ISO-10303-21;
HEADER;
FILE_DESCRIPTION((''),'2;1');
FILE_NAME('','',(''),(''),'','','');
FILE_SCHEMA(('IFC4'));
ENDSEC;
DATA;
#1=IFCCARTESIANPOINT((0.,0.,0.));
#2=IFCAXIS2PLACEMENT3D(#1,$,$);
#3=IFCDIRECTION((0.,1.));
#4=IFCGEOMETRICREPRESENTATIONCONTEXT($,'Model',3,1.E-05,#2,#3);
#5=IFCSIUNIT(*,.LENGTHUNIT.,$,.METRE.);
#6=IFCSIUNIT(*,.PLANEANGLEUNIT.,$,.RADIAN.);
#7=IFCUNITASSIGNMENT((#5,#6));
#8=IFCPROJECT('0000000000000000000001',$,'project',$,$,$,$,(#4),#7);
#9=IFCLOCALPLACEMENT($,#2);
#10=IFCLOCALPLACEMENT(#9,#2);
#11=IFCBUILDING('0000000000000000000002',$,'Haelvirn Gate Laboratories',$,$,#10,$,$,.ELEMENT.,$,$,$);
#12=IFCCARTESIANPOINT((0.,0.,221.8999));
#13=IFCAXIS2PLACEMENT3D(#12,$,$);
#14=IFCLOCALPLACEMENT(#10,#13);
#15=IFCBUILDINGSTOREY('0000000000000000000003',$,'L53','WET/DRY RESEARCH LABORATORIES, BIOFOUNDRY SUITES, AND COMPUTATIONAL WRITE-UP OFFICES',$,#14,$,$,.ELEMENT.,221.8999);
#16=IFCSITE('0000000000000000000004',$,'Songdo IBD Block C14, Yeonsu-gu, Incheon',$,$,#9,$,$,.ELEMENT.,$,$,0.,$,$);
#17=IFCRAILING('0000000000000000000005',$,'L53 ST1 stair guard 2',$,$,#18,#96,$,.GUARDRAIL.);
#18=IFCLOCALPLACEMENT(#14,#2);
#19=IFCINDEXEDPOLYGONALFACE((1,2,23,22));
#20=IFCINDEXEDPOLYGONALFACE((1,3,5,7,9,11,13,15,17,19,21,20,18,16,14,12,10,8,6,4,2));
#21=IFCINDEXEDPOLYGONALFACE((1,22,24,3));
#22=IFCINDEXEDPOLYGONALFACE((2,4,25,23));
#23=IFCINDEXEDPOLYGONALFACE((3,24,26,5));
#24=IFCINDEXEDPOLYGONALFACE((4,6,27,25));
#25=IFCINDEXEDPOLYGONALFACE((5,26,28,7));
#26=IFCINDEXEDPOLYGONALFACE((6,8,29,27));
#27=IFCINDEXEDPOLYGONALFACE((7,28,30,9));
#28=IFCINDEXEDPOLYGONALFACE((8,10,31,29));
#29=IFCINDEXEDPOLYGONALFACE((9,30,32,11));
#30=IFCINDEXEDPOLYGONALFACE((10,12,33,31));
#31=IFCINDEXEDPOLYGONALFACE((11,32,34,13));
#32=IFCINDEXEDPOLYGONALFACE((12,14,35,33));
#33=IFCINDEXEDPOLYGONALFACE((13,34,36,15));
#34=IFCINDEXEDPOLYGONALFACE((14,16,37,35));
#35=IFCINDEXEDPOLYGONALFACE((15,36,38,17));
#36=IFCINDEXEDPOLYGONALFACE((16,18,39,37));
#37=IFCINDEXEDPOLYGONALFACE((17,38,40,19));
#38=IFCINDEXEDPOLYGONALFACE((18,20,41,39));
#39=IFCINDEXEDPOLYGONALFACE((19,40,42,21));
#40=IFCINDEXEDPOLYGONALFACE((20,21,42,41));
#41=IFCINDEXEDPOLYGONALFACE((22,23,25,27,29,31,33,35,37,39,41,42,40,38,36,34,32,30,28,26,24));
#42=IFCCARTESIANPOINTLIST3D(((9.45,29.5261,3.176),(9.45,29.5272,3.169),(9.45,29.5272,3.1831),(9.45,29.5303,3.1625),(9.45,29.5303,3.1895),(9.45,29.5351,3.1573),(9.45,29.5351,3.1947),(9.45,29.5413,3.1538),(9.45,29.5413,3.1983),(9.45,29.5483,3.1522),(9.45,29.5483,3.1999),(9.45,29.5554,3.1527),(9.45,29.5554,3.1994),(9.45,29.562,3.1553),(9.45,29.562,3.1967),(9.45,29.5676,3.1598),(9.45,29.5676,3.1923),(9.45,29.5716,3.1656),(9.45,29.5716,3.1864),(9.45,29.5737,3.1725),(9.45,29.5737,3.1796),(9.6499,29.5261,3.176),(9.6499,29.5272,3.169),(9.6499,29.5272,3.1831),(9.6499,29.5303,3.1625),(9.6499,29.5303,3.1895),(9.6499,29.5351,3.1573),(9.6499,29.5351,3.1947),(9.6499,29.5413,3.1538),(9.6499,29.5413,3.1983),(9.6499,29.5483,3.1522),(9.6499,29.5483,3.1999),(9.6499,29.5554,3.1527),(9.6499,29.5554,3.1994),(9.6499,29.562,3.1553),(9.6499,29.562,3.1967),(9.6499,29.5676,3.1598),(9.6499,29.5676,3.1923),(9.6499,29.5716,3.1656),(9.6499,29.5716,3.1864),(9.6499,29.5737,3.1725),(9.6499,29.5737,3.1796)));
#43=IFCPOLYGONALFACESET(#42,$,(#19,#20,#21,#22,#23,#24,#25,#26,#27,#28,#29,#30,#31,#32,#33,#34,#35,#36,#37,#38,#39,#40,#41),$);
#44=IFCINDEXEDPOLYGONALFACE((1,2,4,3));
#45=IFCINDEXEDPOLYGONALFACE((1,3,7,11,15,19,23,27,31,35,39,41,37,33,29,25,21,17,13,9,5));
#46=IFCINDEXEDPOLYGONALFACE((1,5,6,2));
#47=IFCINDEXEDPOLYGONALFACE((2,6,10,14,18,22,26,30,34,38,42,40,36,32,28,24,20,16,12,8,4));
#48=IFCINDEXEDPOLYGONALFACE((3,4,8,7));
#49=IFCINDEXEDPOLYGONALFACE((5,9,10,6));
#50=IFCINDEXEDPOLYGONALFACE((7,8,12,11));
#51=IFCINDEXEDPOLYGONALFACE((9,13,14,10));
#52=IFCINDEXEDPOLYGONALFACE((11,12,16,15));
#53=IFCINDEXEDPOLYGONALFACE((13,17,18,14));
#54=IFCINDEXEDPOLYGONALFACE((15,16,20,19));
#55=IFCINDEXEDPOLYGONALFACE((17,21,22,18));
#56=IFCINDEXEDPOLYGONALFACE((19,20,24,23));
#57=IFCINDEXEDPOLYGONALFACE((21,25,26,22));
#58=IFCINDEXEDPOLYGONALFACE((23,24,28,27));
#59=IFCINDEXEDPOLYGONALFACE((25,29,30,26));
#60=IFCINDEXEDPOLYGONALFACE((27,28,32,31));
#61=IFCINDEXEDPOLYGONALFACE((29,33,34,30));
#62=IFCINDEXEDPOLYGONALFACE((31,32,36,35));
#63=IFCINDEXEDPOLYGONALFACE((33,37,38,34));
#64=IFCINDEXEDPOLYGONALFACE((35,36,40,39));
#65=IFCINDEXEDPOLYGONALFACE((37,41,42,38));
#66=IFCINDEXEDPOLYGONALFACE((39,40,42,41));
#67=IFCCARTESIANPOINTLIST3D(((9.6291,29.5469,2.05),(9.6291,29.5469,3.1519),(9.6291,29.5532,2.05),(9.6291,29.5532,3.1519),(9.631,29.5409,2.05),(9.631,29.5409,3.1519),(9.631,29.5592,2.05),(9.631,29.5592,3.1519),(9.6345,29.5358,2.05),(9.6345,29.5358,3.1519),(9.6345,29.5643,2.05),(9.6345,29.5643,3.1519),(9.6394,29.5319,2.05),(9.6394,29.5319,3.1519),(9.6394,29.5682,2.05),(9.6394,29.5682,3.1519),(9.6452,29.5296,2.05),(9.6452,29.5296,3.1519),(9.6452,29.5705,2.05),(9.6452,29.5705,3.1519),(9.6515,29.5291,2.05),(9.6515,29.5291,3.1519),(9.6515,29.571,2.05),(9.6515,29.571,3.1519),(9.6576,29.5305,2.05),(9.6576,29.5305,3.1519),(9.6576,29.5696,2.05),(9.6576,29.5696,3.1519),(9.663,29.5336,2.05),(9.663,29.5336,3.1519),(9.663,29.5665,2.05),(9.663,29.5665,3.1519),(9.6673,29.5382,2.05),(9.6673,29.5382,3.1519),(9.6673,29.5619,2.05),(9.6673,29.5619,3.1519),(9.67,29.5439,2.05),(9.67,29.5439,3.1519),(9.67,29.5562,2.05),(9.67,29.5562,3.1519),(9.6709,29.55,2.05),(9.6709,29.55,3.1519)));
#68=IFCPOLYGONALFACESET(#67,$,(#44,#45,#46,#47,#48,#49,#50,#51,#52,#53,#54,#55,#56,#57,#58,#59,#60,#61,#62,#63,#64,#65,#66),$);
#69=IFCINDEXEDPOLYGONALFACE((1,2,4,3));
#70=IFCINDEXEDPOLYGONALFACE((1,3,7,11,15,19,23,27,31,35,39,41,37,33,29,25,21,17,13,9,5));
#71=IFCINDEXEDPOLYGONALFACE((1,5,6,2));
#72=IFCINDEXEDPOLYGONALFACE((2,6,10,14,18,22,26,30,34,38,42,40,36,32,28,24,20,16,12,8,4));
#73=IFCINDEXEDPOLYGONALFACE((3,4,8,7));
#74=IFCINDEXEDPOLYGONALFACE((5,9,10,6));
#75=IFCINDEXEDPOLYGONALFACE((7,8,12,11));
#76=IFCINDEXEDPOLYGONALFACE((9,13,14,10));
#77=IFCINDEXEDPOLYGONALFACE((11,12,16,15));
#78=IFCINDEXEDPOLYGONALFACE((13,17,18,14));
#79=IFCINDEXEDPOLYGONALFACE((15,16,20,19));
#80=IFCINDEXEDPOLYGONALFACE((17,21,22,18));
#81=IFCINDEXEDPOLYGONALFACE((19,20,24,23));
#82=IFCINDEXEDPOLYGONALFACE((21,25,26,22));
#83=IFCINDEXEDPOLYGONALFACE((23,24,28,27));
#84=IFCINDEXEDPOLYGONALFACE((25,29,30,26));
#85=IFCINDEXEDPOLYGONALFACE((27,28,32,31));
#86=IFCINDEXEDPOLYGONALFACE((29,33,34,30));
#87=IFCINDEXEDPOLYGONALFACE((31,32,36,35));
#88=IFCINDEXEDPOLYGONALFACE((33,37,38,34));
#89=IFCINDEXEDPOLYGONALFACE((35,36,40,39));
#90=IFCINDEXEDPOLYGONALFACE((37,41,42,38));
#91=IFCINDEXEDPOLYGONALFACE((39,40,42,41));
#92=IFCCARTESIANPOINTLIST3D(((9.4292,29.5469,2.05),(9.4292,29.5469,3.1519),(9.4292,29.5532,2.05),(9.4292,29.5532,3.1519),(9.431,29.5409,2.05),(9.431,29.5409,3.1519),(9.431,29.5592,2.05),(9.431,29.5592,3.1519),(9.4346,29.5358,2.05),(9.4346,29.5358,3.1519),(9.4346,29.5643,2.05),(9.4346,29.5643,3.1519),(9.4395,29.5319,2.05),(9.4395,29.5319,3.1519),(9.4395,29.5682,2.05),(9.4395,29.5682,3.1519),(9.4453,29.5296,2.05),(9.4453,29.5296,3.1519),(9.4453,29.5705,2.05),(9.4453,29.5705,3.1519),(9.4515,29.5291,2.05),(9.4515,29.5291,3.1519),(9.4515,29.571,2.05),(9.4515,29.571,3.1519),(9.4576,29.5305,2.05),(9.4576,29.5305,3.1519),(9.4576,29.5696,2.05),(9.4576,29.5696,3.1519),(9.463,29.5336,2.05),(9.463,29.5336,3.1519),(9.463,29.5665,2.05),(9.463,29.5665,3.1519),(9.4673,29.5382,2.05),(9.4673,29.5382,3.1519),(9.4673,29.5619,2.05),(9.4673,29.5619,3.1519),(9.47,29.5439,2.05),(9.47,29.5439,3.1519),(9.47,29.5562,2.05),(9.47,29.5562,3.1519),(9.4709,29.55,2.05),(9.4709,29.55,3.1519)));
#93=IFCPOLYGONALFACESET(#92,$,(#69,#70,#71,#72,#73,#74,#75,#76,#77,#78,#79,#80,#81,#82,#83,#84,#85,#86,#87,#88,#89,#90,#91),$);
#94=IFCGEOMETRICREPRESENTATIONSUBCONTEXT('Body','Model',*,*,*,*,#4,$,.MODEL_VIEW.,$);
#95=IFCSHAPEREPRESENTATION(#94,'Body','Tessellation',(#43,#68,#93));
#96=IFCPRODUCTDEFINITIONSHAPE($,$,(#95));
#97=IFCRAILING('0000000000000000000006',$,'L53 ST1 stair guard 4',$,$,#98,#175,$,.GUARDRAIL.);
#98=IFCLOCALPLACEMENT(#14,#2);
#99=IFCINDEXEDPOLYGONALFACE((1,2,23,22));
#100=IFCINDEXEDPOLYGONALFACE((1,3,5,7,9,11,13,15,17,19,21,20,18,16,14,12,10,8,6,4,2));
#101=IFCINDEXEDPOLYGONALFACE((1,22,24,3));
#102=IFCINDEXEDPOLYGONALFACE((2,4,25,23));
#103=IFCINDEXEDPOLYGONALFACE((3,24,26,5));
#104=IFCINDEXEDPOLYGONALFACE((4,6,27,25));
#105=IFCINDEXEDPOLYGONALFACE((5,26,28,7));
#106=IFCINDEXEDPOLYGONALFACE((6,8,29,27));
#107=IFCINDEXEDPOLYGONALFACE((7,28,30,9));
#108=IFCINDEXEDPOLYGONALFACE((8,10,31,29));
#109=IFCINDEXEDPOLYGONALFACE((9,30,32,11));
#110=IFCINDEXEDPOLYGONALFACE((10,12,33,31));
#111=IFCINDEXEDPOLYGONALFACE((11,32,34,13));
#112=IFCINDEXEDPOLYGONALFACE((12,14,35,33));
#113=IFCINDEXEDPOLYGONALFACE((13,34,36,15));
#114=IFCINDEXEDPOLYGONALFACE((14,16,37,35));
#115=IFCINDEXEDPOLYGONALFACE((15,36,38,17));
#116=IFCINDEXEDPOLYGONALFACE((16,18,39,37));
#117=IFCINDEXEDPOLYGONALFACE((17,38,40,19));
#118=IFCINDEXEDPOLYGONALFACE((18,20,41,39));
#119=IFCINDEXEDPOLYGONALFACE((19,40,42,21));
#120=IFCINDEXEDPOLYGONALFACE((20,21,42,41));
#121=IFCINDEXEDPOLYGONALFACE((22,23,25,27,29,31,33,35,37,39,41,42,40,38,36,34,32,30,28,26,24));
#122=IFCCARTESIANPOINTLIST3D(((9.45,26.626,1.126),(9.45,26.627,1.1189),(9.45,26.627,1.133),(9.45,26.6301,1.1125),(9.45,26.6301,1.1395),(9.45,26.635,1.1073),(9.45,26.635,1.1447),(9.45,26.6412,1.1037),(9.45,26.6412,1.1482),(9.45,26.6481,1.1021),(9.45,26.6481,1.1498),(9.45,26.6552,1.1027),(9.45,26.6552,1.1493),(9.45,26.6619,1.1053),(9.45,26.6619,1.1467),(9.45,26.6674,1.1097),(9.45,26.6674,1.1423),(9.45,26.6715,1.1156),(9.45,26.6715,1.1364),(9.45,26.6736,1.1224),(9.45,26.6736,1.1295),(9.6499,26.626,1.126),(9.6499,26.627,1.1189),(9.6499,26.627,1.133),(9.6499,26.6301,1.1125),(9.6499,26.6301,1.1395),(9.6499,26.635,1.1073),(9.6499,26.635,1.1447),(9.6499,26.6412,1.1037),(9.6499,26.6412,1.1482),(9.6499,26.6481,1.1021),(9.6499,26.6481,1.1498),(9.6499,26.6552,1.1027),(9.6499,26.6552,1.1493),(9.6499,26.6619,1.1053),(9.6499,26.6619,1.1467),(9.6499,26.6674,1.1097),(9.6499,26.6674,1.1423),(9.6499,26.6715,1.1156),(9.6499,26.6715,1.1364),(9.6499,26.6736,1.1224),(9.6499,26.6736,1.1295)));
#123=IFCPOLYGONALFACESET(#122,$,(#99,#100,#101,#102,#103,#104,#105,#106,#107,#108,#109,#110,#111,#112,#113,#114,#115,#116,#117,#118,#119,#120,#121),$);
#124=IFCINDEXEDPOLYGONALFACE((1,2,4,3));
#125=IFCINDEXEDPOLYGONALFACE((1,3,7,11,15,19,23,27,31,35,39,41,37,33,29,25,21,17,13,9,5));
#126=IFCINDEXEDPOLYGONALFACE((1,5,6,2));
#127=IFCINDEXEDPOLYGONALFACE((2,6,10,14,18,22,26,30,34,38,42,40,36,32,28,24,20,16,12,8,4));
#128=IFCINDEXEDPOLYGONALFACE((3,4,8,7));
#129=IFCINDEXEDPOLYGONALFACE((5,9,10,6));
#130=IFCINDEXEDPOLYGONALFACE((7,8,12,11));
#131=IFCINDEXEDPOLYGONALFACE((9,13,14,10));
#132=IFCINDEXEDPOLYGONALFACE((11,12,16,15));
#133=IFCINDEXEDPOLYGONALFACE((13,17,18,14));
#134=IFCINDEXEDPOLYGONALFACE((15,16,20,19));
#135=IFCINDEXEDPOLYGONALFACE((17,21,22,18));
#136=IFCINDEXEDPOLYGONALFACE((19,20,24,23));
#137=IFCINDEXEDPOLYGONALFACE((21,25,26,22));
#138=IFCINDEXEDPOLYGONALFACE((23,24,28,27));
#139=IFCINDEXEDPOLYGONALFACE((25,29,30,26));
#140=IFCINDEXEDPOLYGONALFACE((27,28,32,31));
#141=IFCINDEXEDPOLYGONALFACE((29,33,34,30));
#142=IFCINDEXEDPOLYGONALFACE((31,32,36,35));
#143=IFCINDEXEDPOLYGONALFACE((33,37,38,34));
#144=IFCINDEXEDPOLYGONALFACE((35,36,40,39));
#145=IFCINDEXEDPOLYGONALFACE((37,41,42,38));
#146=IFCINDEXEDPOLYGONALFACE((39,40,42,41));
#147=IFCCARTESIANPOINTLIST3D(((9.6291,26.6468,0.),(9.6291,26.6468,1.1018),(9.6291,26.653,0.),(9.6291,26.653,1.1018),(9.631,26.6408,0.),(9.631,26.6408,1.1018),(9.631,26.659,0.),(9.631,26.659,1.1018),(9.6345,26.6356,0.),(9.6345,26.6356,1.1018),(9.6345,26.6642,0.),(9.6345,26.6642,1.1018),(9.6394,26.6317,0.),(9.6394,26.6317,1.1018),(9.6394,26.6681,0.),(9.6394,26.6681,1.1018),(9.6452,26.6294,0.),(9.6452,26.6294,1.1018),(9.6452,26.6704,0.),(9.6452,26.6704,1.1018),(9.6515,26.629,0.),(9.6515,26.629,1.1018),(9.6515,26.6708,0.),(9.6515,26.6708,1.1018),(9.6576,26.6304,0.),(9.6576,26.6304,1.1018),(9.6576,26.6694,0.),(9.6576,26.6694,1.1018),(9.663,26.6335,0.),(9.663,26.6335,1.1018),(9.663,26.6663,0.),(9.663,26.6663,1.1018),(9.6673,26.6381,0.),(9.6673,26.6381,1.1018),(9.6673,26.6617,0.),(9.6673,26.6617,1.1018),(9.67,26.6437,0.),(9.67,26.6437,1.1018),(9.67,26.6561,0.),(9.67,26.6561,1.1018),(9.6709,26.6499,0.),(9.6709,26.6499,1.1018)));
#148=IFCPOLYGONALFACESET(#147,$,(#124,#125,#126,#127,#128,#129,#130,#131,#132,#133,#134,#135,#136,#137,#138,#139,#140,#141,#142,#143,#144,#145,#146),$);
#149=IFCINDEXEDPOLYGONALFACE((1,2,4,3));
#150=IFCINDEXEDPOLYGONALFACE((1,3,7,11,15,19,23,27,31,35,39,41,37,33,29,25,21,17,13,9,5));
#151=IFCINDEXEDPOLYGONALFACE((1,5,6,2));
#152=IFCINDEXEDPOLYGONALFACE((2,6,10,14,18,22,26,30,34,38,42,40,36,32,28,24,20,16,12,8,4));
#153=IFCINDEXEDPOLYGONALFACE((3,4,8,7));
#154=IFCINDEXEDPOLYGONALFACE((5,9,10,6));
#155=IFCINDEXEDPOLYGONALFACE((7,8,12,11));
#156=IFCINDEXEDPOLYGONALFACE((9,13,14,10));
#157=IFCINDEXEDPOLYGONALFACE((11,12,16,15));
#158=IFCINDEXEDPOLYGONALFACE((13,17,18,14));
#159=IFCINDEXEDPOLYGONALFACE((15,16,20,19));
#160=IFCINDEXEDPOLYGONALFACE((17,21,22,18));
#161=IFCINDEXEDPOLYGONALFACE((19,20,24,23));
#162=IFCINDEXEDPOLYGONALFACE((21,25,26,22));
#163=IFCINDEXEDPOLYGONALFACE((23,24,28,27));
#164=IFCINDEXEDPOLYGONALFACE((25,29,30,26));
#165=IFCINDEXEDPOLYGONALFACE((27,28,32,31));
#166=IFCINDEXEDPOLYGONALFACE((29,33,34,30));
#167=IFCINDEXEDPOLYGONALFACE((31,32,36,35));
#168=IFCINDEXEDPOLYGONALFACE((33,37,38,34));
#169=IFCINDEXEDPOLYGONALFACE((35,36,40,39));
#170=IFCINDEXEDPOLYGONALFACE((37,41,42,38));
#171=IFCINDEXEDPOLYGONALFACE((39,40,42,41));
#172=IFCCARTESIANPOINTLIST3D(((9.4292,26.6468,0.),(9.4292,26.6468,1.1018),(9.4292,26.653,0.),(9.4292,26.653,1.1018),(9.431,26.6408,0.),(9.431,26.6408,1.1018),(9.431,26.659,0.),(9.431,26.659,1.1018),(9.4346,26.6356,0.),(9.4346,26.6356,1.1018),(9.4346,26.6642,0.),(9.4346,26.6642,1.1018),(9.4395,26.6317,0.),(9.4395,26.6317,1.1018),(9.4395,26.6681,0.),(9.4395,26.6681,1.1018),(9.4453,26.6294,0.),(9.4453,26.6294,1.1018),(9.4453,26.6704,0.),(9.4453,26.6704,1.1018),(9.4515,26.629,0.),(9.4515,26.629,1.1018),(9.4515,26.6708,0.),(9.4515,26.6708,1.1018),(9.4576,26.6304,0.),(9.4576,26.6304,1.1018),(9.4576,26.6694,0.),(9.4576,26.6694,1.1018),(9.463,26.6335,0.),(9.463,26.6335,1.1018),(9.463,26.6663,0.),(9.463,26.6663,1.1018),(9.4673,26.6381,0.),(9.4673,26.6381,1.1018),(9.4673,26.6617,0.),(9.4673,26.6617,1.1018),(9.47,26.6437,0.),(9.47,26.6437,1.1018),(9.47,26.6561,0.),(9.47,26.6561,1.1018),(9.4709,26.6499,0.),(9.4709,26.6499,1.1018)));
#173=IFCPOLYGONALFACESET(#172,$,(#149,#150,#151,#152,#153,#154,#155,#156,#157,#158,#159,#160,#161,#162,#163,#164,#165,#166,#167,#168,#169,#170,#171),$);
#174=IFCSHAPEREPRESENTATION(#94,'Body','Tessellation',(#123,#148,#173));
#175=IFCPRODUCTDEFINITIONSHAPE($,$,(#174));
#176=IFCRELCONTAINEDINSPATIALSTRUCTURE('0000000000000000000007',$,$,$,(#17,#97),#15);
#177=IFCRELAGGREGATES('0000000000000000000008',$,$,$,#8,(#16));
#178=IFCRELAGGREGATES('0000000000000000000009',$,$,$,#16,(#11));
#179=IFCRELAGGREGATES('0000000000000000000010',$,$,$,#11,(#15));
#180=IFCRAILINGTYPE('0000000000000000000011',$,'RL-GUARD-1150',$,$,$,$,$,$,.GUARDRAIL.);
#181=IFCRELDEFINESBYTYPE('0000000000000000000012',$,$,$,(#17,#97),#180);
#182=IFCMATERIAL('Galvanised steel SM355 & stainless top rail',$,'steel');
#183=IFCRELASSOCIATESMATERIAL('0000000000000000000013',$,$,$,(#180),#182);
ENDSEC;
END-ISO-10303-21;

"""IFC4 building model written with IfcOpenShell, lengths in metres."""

from ifc_helpers import new_model, si_unit, direction, frame, origin, origin_2d, place, context, subcontext, project, spatial, circle, extrude, source, transform, mapped, material, type_object, element, save


model = new_model("IFC4")

# Units and contexts
model_context = context("Model", 3, precision=1e-05, world=origin(), true_north=direction((0.0, 1.0)))
body_context = subcontext(model_context, "Body", "Model", "MODEL_VIEW")
ifc_project = project(units=[si_unit("LENGTHUNIT", "METRE"), si_unit("PLANEANGLEUNIT", "RADIAN")], contexts=[model_context])

# Site, building, storey
site_placement = place(None, origin())
site = spatial("IfcSite", under=ifc_project, at=site_placement, Name="Songdo IBD Block C14, Yeonsu-gu, Incheon", CompositionType="ELEMENT", RefElevation=0.0)
building_placement = place(site_placement, origin())
building = spatial("IfcBuilding", under=site, at=building_placement, Name="Haelvirn Gate Laboratories", CompositionType="ELEMENT")
storey_placement = place(building_placement, frame((0.0, 0.0, 221.8999)))
storey = spatial("IfcBuildingStorey", under=building, at=storey_placement, Name="L53", Description="WET/DRY RESEARCH LABORATORIES, BIOFOUNDRY SUITES, AND COMPUTATIONAL WRITE-UP OFFICES", CompositionType="ELEMENT", Elevation=221.8999)

# Railings
ifc_material_1 = material(Name="Galvanised steel SM355 & stainless top rail", Category="steel")
railing_type_1 = type_object("IfcRailingType", Name="RL-GUARD-1150", PredefinedType="GUARDRAIL", material=ifc_material_1)
shared_shape_1 = source(origin(), body_context, "Body", "SweptSolid", [
    extrude(circle(Radius=0.0239, at=origin_2d()), frame((0.0, 0.0, 1.126), z_axis=(-1.0, 0.0, 0.0), x_axis=(0.0, -1.0, 0.0)), (0.0, 0.0, 1.0), 0.2),
    extrude(circle(Radius=0.021, at=origin_2d()), origin(), (0.0, 0.0, 1.0), 1.1018),
    extrude(circle(Radius=0.021, at=origin_2d()), frame((-0.2, 0.0, 0.0)), (0.0, 0.0, 1.0), 1.1018),
])
for number, where, name in (
    (1, (9.6499, 29.55, 2.05), "L53 ST1 stair guard 2"),
    (2, (9.6499, 26.6499, 0.0), "L53 ST1 stair guard 4"),
):
    element("IfcRailing", number, at=place(storey_placement, frame(where)), inside=storey, type_object=railing_type_1, Name=name, PredefinedType="GUARDRAIL", context=body_context, shape_type="MappedRepresentation", body=[
        mapped(shared_shape_1, transform((0.0, 0.0, 0.0), scale=1.0)),
    ])

save(model, "model.ifc")
